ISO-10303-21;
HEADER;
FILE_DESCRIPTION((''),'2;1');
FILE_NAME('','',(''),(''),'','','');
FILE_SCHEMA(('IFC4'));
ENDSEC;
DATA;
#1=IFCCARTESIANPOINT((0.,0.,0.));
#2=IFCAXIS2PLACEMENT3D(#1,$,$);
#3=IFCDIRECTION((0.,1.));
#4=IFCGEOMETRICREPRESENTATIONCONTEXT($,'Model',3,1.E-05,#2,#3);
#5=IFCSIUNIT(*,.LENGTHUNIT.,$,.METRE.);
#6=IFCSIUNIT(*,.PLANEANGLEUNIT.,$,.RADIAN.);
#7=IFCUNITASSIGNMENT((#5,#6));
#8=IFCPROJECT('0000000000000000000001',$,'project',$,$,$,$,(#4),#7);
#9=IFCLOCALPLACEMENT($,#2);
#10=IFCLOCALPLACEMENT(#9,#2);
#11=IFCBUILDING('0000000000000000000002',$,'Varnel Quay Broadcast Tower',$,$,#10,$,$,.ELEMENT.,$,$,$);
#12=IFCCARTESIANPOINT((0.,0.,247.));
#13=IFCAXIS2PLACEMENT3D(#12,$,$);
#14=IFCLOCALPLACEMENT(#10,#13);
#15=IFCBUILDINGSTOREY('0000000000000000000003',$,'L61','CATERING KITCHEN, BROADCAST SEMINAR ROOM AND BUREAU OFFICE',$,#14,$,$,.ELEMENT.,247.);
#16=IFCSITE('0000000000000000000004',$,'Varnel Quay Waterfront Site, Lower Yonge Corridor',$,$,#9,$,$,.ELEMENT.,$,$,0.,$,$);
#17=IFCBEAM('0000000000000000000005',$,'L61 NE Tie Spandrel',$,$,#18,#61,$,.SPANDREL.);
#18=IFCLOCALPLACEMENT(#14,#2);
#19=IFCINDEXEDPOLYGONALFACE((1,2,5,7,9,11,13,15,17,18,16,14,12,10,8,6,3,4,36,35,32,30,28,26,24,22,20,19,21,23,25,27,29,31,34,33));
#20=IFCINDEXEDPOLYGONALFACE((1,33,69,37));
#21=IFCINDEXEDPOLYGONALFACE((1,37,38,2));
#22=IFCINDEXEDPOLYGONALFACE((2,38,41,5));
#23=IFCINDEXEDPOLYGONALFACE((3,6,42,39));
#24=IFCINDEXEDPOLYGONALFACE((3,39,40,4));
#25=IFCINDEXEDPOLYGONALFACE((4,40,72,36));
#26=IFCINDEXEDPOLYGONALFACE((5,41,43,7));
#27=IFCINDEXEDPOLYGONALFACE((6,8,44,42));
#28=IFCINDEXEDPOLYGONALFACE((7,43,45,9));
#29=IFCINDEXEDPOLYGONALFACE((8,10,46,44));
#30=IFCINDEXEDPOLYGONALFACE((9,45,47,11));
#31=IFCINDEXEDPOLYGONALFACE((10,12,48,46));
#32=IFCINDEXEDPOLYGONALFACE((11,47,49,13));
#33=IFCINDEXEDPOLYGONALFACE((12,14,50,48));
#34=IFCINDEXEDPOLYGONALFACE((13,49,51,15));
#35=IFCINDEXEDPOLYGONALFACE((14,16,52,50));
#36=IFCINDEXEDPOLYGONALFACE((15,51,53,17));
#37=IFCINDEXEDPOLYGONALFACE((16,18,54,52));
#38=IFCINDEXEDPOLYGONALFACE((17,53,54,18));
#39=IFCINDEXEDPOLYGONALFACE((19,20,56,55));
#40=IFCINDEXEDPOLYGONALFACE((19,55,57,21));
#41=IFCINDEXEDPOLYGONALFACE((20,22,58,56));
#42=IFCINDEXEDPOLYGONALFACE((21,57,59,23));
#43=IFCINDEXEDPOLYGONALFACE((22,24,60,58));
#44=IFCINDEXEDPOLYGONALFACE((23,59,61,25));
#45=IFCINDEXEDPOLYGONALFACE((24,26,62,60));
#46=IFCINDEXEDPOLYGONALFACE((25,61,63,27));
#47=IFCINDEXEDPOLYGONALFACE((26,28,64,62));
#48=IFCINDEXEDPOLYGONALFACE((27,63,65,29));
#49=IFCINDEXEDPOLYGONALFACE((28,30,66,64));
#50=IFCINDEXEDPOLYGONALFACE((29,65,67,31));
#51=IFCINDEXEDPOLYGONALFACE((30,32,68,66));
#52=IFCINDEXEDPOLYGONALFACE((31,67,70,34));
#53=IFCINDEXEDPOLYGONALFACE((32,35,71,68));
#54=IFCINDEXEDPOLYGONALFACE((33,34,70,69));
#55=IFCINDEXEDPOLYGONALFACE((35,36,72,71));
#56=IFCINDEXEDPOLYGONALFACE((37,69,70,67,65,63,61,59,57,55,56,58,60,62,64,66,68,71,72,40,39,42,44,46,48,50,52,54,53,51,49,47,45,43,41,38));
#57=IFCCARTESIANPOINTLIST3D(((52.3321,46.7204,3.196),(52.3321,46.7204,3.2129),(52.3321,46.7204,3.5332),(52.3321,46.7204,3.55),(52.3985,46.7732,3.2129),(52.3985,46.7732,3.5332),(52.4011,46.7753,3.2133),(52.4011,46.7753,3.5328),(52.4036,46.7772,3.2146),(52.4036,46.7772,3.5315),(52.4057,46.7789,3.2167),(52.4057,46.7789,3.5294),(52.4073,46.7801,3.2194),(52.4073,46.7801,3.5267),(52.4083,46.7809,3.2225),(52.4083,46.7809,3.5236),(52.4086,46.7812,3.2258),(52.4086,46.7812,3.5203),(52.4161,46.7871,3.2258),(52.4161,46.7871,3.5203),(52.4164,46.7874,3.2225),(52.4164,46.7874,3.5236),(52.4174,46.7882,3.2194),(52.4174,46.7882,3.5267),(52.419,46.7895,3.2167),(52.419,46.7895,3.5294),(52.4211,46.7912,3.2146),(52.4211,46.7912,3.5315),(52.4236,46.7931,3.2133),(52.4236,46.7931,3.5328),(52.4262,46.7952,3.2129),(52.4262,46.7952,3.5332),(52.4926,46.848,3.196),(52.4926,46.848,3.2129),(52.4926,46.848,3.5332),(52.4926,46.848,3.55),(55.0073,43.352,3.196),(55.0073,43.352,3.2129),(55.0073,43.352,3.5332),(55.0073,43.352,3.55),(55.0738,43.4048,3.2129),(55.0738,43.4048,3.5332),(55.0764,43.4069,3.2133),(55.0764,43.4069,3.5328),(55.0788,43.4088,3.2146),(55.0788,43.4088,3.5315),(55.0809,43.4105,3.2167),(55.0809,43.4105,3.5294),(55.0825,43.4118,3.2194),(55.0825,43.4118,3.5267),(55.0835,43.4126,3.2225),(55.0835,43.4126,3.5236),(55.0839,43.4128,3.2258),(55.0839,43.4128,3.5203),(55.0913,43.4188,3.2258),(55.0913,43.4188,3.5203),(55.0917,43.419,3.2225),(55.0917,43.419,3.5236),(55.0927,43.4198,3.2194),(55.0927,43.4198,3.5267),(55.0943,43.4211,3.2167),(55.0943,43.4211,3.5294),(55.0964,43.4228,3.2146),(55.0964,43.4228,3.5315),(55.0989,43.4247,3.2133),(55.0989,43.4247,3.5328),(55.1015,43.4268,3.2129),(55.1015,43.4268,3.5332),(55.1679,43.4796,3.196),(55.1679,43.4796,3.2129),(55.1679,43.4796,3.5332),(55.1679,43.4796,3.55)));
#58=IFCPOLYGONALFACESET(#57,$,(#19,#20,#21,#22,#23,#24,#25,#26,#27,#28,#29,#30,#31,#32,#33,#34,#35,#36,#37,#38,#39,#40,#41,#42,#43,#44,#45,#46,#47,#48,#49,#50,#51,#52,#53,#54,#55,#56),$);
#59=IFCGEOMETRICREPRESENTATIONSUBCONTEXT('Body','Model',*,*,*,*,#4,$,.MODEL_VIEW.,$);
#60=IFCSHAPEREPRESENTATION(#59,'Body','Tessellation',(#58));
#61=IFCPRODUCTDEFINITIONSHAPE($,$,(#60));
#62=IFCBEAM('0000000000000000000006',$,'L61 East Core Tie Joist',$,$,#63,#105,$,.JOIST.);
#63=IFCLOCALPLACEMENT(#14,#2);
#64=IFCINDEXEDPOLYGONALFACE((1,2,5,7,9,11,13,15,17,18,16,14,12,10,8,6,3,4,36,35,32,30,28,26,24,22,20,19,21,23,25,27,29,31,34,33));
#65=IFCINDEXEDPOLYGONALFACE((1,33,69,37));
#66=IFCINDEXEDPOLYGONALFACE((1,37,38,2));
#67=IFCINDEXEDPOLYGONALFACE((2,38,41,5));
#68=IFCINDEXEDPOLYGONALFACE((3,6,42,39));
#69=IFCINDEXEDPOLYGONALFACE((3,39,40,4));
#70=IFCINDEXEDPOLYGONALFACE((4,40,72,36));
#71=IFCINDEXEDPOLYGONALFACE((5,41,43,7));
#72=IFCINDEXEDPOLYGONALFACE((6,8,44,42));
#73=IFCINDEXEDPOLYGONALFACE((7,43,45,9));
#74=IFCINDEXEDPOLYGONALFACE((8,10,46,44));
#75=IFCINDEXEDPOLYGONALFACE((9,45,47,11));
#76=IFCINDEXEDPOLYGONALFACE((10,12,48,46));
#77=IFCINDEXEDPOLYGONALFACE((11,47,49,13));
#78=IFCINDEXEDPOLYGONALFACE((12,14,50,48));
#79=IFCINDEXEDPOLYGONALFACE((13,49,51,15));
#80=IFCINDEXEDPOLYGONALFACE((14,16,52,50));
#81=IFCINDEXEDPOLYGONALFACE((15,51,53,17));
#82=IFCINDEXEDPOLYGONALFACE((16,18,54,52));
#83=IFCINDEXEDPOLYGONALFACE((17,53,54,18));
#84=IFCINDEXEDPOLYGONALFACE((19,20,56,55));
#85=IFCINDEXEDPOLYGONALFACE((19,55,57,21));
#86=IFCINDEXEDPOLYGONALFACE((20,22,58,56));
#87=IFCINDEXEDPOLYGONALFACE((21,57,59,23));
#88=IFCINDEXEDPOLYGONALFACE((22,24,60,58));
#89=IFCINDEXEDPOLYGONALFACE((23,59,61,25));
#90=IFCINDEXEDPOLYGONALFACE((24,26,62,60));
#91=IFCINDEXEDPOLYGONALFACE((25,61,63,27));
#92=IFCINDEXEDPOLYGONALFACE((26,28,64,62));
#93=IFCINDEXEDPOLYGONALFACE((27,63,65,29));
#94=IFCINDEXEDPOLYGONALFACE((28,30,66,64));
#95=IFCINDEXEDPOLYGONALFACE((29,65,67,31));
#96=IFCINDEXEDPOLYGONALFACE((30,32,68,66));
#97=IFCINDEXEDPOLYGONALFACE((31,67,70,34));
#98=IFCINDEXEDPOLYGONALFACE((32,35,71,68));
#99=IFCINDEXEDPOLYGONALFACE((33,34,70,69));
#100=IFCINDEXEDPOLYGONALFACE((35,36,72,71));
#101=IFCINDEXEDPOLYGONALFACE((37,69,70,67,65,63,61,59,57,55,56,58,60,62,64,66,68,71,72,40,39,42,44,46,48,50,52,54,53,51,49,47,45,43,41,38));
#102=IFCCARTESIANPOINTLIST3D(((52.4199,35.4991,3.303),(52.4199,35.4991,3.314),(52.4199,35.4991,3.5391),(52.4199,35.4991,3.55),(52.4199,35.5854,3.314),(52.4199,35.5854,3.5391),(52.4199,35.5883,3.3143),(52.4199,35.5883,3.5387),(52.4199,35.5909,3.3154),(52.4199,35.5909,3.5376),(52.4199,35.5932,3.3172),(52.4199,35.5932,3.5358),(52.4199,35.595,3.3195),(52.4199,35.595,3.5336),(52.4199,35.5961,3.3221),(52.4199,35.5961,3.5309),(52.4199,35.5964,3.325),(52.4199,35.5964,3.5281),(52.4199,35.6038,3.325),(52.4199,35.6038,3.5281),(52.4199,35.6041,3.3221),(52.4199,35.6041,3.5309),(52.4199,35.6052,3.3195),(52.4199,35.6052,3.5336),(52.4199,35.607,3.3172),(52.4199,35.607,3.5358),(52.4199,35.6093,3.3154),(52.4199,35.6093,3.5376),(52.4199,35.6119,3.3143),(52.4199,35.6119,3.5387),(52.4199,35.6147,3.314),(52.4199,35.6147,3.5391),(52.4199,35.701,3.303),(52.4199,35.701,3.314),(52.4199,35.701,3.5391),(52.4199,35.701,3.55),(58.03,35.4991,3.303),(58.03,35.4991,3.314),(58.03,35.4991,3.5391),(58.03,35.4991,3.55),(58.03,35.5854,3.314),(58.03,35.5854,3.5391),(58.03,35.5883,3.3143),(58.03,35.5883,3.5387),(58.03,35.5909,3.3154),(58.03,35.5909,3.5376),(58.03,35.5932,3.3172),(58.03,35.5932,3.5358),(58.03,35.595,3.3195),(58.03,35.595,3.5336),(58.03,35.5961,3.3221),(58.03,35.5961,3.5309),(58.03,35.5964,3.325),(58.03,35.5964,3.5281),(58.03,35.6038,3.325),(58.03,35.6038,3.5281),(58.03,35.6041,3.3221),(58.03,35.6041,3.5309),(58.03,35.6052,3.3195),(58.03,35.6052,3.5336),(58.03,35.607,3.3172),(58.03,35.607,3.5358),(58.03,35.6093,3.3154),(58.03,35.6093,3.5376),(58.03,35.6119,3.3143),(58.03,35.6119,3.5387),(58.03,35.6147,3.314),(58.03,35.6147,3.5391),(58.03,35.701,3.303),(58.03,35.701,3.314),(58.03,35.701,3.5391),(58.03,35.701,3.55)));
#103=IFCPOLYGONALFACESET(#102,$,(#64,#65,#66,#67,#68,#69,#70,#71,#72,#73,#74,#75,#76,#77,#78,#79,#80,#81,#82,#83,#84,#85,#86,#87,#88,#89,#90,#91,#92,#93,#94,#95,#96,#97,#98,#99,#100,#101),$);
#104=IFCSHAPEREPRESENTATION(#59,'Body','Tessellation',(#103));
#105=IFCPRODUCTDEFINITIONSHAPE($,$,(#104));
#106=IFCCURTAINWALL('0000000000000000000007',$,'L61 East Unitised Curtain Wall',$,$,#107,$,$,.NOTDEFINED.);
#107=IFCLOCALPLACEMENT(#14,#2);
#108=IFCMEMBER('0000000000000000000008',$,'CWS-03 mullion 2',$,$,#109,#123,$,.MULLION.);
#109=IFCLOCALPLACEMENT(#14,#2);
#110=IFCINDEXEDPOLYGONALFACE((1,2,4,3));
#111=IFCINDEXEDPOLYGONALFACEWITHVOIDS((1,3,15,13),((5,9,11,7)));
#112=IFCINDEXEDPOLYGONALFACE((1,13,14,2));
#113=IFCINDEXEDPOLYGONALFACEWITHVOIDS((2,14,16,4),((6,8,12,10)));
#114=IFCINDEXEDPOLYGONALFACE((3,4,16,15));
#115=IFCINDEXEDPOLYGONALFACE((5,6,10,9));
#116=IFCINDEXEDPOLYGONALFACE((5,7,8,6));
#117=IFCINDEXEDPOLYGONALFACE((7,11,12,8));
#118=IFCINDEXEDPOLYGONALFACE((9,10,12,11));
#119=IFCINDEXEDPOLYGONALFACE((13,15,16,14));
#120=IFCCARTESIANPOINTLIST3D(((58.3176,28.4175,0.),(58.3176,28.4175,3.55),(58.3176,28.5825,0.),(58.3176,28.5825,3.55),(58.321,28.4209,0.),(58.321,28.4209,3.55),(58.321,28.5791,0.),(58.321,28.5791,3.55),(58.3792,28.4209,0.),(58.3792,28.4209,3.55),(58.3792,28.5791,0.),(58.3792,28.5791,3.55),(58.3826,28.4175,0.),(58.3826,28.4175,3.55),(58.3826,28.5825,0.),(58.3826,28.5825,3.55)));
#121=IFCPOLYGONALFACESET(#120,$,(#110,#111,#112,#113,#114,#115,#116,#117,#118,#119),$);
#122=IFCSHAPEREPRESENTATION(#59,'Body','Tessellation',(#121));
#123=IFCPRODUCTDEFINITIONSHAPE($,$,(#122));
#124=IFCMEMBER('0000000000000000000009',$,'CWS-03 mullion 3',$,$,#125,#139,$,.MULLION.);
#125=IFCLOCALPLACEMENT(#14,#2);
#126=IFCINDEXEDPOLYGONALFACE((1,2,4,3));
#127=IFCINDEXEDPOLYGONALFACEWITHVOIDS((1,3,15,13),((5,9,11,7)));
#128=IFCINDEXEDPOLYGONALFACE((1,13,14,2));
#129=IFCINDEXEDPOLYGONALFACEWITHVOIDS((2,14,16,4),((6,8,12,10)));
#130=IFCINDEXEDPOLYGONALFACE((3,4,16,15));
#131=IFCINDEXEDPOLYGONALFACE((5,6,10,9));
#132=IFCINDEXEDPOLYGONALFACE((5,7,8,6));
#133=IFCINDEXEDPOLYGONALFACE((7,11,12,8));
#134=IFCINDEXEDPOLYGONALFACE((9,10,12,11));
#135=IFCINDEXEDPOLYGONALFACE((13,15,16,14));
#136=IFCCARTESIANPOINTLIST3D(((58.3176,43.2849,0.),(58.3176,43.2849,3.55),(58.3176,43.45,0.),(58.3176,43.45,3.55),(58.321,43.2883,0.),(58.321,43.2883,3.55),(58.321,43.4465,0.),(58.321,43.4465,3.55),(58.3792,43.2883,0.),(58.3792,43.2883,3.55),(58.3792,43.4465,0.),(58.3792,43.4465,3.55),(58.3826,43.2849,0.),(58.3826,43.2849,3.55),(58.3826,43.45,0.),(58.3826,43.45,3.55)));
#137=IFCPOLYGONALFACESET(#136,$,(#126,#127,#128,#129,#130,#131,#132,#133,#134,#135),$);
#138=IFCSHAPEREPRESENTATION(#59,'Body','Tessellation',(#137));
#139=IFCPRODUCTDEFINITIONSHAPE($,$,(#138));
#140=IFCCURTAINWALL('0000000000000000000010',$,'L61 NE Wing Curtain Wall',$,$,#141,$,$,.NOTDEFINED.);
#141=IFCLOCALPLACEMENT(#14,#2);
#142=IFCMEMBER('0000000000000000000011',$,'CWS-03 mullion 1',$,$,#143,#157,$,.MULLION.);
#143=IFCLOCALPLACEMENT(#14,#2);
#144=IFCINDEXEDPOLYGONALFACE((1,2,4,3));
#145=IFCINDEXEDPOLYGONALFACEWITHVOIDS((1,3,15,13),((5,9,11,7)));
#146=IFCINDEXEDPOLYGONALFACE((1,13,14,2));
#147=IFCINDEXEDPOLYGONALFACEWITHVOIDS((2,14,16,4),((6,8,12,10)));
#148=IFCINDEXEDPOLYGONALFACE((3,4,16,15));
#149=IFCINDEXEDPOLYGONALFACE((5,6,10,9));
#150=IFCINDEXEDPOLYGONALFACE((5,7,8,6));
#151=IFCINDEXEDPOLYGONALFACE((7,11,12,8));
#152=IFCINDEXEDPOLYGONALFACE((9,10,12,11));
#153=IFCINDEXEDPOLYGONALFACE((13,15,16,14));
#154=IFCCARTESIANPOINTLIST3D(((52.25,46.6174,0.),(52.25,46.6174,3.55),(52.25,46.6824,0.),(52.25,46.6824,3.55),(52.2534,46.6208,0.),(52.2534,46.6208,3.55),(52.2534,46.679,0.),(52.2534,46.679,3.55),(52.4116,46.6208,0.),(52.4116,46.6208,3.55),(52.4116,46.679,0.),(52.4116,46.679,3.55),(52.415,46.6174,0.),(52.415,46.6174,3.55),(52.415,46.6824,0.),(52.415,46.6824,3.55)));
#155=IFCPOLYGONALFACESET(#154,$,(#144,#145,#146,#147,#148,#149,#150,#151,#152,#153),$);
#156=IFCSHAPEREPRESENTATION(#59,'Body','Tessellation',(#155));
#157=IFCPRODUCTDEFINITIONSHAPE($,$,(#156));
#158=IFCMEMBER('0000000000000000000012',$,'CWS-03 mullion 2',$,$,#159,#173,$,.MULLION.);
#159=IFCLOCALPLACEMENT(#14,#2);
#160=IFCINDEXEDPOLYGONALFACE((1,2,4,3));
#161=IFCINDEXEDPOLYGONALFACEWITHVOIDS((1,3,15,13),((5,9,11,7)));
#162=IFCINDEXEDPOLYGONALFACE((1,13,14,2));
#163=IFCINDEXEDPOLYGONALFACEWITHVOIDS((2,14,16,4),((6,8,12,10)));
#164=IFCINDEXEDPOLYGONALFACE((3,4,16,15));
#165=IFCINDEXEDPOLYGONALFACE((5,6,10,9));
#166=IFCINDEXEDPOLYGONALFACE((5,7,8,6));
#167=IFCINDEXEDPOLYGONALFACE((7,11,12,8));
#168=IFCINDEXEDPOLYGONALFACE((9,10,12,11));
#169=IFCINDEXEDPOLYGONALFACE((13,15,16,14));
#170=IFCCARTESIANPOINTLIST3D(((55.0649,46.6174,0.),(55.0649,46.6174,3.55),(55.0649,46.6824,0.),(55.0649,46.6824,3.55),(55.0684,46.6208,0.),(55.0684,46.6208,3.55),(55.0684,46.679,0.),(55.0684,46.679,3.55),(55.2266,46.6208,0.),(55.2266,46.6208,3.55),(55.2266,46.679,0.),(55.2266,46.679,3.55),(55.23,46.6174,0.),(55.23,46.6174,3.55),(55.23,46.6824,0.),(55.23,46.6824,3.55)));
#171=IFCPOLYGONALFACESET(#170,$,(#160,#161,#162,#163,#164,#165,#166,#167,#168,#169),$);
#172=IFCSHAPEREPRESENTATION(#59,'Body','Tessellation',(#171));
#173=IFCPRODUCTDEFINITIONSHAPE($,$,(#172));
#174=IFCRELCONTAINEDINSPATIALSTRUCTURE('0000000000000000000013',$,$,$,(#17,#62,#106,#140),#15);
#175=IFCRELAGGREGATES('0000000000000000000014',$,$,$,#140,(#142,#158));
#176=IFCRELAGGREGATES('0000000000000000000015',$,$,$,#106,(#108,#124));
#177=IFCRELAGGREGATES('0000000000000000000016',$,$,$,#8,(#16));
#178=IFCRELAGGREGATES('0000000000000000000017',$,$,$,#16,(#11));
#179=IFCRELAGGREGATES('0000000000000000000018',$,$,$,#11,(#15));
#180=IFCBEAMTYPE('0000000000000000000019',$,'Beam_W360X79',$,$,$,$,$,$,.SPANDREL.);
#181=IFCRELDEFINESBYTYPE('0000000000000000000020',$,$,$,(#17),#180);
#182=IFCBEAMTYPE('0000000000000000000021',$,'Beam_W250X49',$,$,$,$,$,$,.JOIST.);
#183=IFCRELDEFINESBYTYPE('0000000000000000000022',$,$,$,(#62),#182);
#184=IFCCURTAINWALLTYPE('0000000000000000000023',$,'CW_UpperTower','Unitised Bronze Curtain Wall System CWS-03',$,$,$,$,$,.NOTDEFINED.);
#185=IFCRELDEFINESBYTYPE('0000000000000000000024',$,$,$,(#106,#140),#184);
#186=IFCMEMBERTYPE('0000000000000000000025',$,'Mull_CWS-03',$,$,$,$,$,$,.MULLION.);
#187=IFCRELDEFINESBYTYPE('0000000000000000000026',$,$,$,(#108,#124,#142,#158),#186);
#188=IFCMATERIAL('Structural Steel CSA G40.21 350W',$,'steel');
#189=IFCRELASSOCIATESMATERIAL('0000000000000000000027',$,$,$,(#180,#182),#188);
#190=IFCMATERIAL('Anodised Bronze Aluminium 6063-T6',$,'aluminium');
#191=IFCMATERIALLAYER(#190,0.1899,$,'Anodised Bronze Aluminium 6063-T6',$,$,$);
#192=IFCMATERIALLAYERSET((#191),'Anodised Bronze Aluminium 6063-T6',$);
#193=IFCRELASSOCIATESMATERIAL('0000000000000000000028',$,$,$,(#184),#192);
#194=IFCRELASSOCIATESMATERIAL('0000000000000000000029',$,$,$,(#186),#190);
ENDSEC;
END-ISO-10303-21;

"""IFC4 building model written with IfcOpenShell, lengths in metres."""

from ifc_helpers import new_model, si_unit, direction, frame, origin, origin_2d, place, context, subcontext, project, spatial, hollow_rectangle, i_section, extrude, source, transform, mapped, material, layer, layer_set, material_profile, profile_set, type_object, type_shapes, element, aggregate, save


model = new_model("IFC4")

# Units and contexts
model_context = context("Model", 3, precision=1e-05, world=origin(), true_north=direction((0.0, 1.0)))
body_context = subcontext(model_context, "Body", "Model", "MODEL_VIEW")
ifc_project = project(units=[si_unit("LENGTHUNIT", "METRE"), si_unit("PLANEANGLEUNIT", "RADIAN")], contexts=[model_context])

# Site, building, storey
site_placement = place(None, origin())
site = spatial("IfcSite", under=ifc_project, at=site_placement, Name="Varnel Quay Waterfront Site, Lower Yonge Corridor", CompositionType="ELEMENT", RefElevation=0.0)
building_placement = place(site_placement, origin())
building = spatial("IfcBuilding", under=site, at=building_placement, Name="Varnel Quay Broadcast Tower", CompositionType="ELEMENT")
storey_placement = place(building_placement, frame((0.0, 0.0, 247.0)))
storey = spatial("IfcBuildingStorey", under=building, at=storey_placement, Name="L61", Description="CATERING KITCHEN, BROADCAST SEMINAR ROOM AND BUREAU OFFICE", CompositionType="ELEMENT", Elevation=247.0)

# Shared definitions
ifc_material_1 = material(Name="Structural Steel CSA G40.21 350W", Category="steel")

# Beams
ifc_material_profile_1 = material_profile(ifc_material_1, i_section(OverallWidth=0.2051, OverallDepth=0.354, WebThickness=0.0095, FlangeThickness=0.0168, FilletRadius=0.0129, at=origin_2d()), Name="W360X79")
ifc_profile_set_1 = profile_set([ifc_material_profile_1], Name="Structural Steel CSA G40.21 350W")
beam_type_1 = type_object("IfcBeamType", Name="Beam_W360X79", PredefinedType="SPANDREL", material=ifc_profile_set_1)
shared_shape_1 = source(origin(), body_context, "Body", "SweptSolid", [
    extrude(i_section(OverallWidth=0.2051, OverallDepth=0.354, WebThickness=0.0095, FlangeThickness=0.0168, FilletRadius=0.0129, at=origin_2d()), origin(), (0.0, 0.0, 1.0), 4.3015),
])
beam_1_placement = place(storey_placement, frame((52.4124, 46.7842, 3.373), z_axis=(0.621936, -0.783068, 0.0), x_axis=(0.783068, 0.621936, 0.0)))
element("IfcBeam", 1, at=beam_1_placement, inside=storey, type_object=beam_type_1, Name="L61 NE Tie Spandrel", PredefinedType="SPANDREL", context=body_context, shape_type="MappedRepresentation", body=[
    mapped(shared_shape_1, transform((0.0, 0.0, 0.0), x_axis=(1.0, 0.0, 0.0), y_axis=(0.0, 1.0, 0.0), z_axis=(0.0, 0.0, 1.0), scale=1.0)),
])
ifc_material_profile_2 = material_profile(ifc_material_1, i_section(OverallWidth=0.2019, OverallDepth=0.2471, WebThickness=0.0073, FlangeThickness=0.011, FilletRadius=0.011, at=origin_2d()), Name="W250X49")
ifc_profile_set_2 = profile_set([ifc_material_profile_2], Name="Structural Steel CSA G40.21 350W")
beam_type_2 = type_object("IfcBeamType", Name="Beam_W250X49", PredefinedType="JOIST", material=ifc_profile_set_2)
shared_shape_2 = source(origin(), body_context, "Body", "SweptSolid", [
    extrude(i_section(OverallWidth=0.2019, OverallDepth=0.2471, WebThickness=0.0073, FlangeThickness=0.011, FilletRadius=0.011, at=origin_2d()), origin(), (0.0, 0.0, 1.0), 5.6101),
])
type_shapes(beam_type_2, [shared_shape_2])
beam_2_placement = place(storey_placement, frame((52.4199, 35.6001, 3.4265), z_axis=(1.0, 0.0, 0.0), x_axis=(0.0, 1.0, 0.0)))
element("IfcBeam", 2, at=beam_2_placement, inside=storey, type_object=beam_type_2, Name="L61 East Core Tie Joist", PredefinedType="JOIST", context=body_context, shape_type="MappedRepresentation", body=[
    mapped(shared_shape_2, transform((0.0, 0.0, 0.0), x_axis=(1.0, 0.0, 0.0), y_axis=(0.0, 1.0, 0.0), z_axis=(0.0, 0.0, 1.0), scale=1.0)),
])

# Curtain walls, members
ifc_material_2 = material(Name="Anodised Bronze Aluminium 6063-T6", Category="aluminium")
ifc_layer_1 = layer(ifc_material_2, 0.1899, Name="Anodised Bronze Aluminium 6063-T6")
ifc_layer_set_1 = layer_set([ifc_layer_1], Name="Anodised Bronze Aluminium 6063-T6")
curtain_wall_type = type_object("IfcCurtainWallType", Name="CW_UpperTower", Description="Unitised Bronze Curtain Wall System CWS-03", PredefinedType="NOTDEFINED", material=ifc_layer_set_1)
curtain_wall_1_placement = place(storey_placement, origin())
curtain_wall_1 = element("IfcCurtainWall", 3, at=curtain_wall_1_placement, inside=storey, type_object=curtain_wall_type, Name="L61 East Unitised Curtain Wall", PredefinedType="NOTDEFINED")
ifc_material_profile_3 = material_profile(ifc_material_2, hollow_rectangle(XDim=0.0649, YDim=0.165, WallThickness=0.0034, at=origin_2d()), Name="ALU65X165X3.5")
ifc_profile_set_3 = profile_set([ifc_material_profile_3], Name="Anodised Bronze Aluminium 6063-T6")
member_type_1 = type_object("IfcMemberType", Name="Mull_CWS-03", PredefinedType="MULLION", material=ifc_profile_set_3)
shared_shape_3 = source(origin(), body_context, "Body", "SweptSolid", [
    extrude(hollow_rectangle(XDim=0.0649, YDim=0.165, WallThickness=0.0034, at=origin_2d()), origin(), (0.0, 0.0, 1.0), 3.55),
])
type_shapes(member_type_1, [shared_shape_3])
member_1_placement = place(storey_placement, frame((58.3501, 28.5, 0.0), z_axis=(0.0, 0.0, 1.0), x_axis=(-1.0, 0.0, 0.0)))
member_1 = element("IfcMember", 4, at=member_1_placement, type_object=member_type_1, Name="CWS-03 mullion 2", PredefinedType="MULLION", context=body_context, shape_type="MappedRepresentation", body=[
    mapped(shared_shape_3, transform((0.0, 0.0, 0.0), x_axis=(1.0, 0.0, 0.0), y_axis=(0.0, 1.0, 0.0), z_axis=(0.0, 0.0, 1.0), scale=1.0)),
])
member_2_placement = place(storey_placement, frame((58.3501, 43.3674, 0.0), z_axis=(0.0, 0.0, 1.0), x_axis=(-1.0, 0.0, 0.0)))
member_2 = element("IfcMember", 5, at=member_2_placement, type_object=member_type_1, Name="CWS-03 mullion 3", PredefinedType="MULLION", context=body_context, shape_type="MappedRepresentation", body=[
    mapped(shared_shape_3, transform((0.0, 0.0, 0.0), x_axis=(1.0, 0.0, 0.0), y_axis=(0.0, 1.0, 0.0), z_axis=(0.0, 0.0, 1.0), scale=1.0)),
])
curtain_wall_2_placement = place(storey_placement, origin())
curtain_wall_2 = element("IfcCurtainWall", 6, at=curtain_wall_2_placement, inside=storey, type_object=curtain_wall_type, Name="L61 NE Wing Curtain Wall", PredefinedType="NOTDEFINED")
member_3_placement = place(storey_placement, frame((52.3325, 46.6499, 0.0), z_axis=(0.0, 0.0, 1.0), x_axis=(0.0, 1.0, 0.0)))
member_3 = element("IfcMember", 7, at=member_3_placement, type_object=member_type_1, Name="CWS-03 mullion 1", PredefinedType="MULLION", context=body_context, shape_type="MappedRepresentation", body=[
    mapped(shared_shape_3, transform((0.0, 0.0, 0.0), x_axis=(1.0, 0.0, 0.0), y_axis=(0.0, 1.0, 0.0), z_axis=(0.0, 0.0, 1.0), scale=1.0)),
])
member_4_placement = place(storey_placement, frame((55.1475, 46.6499, 0.0), z_axis=(0.0, 0.0, 1.0), x_axis=(0.0, 1.0, 0.0)))
member_4 = element("IfcMember", 8, at=member_4_placement, type_object=member_type_1, Name="CWS-03 mullion 2", PredefinedType="MULLION", context=body_context, shape_type="MappedRepresentation", body=[
    mapped(shared_shape_3, transform((0.0, 0.0, 0.0), x_axis=(1.0, 0.0, 0.0), y_axis=(0.0, 1.0, 0.0), z_axis=(0.0, 0.0, 1.0), scale=1.0)),
])

aggregate(curtain_wall_2, [member_3, member_4])
aggregate(curtain_wall_1, [member_1, member_2])

save(model, "model.ifc")
